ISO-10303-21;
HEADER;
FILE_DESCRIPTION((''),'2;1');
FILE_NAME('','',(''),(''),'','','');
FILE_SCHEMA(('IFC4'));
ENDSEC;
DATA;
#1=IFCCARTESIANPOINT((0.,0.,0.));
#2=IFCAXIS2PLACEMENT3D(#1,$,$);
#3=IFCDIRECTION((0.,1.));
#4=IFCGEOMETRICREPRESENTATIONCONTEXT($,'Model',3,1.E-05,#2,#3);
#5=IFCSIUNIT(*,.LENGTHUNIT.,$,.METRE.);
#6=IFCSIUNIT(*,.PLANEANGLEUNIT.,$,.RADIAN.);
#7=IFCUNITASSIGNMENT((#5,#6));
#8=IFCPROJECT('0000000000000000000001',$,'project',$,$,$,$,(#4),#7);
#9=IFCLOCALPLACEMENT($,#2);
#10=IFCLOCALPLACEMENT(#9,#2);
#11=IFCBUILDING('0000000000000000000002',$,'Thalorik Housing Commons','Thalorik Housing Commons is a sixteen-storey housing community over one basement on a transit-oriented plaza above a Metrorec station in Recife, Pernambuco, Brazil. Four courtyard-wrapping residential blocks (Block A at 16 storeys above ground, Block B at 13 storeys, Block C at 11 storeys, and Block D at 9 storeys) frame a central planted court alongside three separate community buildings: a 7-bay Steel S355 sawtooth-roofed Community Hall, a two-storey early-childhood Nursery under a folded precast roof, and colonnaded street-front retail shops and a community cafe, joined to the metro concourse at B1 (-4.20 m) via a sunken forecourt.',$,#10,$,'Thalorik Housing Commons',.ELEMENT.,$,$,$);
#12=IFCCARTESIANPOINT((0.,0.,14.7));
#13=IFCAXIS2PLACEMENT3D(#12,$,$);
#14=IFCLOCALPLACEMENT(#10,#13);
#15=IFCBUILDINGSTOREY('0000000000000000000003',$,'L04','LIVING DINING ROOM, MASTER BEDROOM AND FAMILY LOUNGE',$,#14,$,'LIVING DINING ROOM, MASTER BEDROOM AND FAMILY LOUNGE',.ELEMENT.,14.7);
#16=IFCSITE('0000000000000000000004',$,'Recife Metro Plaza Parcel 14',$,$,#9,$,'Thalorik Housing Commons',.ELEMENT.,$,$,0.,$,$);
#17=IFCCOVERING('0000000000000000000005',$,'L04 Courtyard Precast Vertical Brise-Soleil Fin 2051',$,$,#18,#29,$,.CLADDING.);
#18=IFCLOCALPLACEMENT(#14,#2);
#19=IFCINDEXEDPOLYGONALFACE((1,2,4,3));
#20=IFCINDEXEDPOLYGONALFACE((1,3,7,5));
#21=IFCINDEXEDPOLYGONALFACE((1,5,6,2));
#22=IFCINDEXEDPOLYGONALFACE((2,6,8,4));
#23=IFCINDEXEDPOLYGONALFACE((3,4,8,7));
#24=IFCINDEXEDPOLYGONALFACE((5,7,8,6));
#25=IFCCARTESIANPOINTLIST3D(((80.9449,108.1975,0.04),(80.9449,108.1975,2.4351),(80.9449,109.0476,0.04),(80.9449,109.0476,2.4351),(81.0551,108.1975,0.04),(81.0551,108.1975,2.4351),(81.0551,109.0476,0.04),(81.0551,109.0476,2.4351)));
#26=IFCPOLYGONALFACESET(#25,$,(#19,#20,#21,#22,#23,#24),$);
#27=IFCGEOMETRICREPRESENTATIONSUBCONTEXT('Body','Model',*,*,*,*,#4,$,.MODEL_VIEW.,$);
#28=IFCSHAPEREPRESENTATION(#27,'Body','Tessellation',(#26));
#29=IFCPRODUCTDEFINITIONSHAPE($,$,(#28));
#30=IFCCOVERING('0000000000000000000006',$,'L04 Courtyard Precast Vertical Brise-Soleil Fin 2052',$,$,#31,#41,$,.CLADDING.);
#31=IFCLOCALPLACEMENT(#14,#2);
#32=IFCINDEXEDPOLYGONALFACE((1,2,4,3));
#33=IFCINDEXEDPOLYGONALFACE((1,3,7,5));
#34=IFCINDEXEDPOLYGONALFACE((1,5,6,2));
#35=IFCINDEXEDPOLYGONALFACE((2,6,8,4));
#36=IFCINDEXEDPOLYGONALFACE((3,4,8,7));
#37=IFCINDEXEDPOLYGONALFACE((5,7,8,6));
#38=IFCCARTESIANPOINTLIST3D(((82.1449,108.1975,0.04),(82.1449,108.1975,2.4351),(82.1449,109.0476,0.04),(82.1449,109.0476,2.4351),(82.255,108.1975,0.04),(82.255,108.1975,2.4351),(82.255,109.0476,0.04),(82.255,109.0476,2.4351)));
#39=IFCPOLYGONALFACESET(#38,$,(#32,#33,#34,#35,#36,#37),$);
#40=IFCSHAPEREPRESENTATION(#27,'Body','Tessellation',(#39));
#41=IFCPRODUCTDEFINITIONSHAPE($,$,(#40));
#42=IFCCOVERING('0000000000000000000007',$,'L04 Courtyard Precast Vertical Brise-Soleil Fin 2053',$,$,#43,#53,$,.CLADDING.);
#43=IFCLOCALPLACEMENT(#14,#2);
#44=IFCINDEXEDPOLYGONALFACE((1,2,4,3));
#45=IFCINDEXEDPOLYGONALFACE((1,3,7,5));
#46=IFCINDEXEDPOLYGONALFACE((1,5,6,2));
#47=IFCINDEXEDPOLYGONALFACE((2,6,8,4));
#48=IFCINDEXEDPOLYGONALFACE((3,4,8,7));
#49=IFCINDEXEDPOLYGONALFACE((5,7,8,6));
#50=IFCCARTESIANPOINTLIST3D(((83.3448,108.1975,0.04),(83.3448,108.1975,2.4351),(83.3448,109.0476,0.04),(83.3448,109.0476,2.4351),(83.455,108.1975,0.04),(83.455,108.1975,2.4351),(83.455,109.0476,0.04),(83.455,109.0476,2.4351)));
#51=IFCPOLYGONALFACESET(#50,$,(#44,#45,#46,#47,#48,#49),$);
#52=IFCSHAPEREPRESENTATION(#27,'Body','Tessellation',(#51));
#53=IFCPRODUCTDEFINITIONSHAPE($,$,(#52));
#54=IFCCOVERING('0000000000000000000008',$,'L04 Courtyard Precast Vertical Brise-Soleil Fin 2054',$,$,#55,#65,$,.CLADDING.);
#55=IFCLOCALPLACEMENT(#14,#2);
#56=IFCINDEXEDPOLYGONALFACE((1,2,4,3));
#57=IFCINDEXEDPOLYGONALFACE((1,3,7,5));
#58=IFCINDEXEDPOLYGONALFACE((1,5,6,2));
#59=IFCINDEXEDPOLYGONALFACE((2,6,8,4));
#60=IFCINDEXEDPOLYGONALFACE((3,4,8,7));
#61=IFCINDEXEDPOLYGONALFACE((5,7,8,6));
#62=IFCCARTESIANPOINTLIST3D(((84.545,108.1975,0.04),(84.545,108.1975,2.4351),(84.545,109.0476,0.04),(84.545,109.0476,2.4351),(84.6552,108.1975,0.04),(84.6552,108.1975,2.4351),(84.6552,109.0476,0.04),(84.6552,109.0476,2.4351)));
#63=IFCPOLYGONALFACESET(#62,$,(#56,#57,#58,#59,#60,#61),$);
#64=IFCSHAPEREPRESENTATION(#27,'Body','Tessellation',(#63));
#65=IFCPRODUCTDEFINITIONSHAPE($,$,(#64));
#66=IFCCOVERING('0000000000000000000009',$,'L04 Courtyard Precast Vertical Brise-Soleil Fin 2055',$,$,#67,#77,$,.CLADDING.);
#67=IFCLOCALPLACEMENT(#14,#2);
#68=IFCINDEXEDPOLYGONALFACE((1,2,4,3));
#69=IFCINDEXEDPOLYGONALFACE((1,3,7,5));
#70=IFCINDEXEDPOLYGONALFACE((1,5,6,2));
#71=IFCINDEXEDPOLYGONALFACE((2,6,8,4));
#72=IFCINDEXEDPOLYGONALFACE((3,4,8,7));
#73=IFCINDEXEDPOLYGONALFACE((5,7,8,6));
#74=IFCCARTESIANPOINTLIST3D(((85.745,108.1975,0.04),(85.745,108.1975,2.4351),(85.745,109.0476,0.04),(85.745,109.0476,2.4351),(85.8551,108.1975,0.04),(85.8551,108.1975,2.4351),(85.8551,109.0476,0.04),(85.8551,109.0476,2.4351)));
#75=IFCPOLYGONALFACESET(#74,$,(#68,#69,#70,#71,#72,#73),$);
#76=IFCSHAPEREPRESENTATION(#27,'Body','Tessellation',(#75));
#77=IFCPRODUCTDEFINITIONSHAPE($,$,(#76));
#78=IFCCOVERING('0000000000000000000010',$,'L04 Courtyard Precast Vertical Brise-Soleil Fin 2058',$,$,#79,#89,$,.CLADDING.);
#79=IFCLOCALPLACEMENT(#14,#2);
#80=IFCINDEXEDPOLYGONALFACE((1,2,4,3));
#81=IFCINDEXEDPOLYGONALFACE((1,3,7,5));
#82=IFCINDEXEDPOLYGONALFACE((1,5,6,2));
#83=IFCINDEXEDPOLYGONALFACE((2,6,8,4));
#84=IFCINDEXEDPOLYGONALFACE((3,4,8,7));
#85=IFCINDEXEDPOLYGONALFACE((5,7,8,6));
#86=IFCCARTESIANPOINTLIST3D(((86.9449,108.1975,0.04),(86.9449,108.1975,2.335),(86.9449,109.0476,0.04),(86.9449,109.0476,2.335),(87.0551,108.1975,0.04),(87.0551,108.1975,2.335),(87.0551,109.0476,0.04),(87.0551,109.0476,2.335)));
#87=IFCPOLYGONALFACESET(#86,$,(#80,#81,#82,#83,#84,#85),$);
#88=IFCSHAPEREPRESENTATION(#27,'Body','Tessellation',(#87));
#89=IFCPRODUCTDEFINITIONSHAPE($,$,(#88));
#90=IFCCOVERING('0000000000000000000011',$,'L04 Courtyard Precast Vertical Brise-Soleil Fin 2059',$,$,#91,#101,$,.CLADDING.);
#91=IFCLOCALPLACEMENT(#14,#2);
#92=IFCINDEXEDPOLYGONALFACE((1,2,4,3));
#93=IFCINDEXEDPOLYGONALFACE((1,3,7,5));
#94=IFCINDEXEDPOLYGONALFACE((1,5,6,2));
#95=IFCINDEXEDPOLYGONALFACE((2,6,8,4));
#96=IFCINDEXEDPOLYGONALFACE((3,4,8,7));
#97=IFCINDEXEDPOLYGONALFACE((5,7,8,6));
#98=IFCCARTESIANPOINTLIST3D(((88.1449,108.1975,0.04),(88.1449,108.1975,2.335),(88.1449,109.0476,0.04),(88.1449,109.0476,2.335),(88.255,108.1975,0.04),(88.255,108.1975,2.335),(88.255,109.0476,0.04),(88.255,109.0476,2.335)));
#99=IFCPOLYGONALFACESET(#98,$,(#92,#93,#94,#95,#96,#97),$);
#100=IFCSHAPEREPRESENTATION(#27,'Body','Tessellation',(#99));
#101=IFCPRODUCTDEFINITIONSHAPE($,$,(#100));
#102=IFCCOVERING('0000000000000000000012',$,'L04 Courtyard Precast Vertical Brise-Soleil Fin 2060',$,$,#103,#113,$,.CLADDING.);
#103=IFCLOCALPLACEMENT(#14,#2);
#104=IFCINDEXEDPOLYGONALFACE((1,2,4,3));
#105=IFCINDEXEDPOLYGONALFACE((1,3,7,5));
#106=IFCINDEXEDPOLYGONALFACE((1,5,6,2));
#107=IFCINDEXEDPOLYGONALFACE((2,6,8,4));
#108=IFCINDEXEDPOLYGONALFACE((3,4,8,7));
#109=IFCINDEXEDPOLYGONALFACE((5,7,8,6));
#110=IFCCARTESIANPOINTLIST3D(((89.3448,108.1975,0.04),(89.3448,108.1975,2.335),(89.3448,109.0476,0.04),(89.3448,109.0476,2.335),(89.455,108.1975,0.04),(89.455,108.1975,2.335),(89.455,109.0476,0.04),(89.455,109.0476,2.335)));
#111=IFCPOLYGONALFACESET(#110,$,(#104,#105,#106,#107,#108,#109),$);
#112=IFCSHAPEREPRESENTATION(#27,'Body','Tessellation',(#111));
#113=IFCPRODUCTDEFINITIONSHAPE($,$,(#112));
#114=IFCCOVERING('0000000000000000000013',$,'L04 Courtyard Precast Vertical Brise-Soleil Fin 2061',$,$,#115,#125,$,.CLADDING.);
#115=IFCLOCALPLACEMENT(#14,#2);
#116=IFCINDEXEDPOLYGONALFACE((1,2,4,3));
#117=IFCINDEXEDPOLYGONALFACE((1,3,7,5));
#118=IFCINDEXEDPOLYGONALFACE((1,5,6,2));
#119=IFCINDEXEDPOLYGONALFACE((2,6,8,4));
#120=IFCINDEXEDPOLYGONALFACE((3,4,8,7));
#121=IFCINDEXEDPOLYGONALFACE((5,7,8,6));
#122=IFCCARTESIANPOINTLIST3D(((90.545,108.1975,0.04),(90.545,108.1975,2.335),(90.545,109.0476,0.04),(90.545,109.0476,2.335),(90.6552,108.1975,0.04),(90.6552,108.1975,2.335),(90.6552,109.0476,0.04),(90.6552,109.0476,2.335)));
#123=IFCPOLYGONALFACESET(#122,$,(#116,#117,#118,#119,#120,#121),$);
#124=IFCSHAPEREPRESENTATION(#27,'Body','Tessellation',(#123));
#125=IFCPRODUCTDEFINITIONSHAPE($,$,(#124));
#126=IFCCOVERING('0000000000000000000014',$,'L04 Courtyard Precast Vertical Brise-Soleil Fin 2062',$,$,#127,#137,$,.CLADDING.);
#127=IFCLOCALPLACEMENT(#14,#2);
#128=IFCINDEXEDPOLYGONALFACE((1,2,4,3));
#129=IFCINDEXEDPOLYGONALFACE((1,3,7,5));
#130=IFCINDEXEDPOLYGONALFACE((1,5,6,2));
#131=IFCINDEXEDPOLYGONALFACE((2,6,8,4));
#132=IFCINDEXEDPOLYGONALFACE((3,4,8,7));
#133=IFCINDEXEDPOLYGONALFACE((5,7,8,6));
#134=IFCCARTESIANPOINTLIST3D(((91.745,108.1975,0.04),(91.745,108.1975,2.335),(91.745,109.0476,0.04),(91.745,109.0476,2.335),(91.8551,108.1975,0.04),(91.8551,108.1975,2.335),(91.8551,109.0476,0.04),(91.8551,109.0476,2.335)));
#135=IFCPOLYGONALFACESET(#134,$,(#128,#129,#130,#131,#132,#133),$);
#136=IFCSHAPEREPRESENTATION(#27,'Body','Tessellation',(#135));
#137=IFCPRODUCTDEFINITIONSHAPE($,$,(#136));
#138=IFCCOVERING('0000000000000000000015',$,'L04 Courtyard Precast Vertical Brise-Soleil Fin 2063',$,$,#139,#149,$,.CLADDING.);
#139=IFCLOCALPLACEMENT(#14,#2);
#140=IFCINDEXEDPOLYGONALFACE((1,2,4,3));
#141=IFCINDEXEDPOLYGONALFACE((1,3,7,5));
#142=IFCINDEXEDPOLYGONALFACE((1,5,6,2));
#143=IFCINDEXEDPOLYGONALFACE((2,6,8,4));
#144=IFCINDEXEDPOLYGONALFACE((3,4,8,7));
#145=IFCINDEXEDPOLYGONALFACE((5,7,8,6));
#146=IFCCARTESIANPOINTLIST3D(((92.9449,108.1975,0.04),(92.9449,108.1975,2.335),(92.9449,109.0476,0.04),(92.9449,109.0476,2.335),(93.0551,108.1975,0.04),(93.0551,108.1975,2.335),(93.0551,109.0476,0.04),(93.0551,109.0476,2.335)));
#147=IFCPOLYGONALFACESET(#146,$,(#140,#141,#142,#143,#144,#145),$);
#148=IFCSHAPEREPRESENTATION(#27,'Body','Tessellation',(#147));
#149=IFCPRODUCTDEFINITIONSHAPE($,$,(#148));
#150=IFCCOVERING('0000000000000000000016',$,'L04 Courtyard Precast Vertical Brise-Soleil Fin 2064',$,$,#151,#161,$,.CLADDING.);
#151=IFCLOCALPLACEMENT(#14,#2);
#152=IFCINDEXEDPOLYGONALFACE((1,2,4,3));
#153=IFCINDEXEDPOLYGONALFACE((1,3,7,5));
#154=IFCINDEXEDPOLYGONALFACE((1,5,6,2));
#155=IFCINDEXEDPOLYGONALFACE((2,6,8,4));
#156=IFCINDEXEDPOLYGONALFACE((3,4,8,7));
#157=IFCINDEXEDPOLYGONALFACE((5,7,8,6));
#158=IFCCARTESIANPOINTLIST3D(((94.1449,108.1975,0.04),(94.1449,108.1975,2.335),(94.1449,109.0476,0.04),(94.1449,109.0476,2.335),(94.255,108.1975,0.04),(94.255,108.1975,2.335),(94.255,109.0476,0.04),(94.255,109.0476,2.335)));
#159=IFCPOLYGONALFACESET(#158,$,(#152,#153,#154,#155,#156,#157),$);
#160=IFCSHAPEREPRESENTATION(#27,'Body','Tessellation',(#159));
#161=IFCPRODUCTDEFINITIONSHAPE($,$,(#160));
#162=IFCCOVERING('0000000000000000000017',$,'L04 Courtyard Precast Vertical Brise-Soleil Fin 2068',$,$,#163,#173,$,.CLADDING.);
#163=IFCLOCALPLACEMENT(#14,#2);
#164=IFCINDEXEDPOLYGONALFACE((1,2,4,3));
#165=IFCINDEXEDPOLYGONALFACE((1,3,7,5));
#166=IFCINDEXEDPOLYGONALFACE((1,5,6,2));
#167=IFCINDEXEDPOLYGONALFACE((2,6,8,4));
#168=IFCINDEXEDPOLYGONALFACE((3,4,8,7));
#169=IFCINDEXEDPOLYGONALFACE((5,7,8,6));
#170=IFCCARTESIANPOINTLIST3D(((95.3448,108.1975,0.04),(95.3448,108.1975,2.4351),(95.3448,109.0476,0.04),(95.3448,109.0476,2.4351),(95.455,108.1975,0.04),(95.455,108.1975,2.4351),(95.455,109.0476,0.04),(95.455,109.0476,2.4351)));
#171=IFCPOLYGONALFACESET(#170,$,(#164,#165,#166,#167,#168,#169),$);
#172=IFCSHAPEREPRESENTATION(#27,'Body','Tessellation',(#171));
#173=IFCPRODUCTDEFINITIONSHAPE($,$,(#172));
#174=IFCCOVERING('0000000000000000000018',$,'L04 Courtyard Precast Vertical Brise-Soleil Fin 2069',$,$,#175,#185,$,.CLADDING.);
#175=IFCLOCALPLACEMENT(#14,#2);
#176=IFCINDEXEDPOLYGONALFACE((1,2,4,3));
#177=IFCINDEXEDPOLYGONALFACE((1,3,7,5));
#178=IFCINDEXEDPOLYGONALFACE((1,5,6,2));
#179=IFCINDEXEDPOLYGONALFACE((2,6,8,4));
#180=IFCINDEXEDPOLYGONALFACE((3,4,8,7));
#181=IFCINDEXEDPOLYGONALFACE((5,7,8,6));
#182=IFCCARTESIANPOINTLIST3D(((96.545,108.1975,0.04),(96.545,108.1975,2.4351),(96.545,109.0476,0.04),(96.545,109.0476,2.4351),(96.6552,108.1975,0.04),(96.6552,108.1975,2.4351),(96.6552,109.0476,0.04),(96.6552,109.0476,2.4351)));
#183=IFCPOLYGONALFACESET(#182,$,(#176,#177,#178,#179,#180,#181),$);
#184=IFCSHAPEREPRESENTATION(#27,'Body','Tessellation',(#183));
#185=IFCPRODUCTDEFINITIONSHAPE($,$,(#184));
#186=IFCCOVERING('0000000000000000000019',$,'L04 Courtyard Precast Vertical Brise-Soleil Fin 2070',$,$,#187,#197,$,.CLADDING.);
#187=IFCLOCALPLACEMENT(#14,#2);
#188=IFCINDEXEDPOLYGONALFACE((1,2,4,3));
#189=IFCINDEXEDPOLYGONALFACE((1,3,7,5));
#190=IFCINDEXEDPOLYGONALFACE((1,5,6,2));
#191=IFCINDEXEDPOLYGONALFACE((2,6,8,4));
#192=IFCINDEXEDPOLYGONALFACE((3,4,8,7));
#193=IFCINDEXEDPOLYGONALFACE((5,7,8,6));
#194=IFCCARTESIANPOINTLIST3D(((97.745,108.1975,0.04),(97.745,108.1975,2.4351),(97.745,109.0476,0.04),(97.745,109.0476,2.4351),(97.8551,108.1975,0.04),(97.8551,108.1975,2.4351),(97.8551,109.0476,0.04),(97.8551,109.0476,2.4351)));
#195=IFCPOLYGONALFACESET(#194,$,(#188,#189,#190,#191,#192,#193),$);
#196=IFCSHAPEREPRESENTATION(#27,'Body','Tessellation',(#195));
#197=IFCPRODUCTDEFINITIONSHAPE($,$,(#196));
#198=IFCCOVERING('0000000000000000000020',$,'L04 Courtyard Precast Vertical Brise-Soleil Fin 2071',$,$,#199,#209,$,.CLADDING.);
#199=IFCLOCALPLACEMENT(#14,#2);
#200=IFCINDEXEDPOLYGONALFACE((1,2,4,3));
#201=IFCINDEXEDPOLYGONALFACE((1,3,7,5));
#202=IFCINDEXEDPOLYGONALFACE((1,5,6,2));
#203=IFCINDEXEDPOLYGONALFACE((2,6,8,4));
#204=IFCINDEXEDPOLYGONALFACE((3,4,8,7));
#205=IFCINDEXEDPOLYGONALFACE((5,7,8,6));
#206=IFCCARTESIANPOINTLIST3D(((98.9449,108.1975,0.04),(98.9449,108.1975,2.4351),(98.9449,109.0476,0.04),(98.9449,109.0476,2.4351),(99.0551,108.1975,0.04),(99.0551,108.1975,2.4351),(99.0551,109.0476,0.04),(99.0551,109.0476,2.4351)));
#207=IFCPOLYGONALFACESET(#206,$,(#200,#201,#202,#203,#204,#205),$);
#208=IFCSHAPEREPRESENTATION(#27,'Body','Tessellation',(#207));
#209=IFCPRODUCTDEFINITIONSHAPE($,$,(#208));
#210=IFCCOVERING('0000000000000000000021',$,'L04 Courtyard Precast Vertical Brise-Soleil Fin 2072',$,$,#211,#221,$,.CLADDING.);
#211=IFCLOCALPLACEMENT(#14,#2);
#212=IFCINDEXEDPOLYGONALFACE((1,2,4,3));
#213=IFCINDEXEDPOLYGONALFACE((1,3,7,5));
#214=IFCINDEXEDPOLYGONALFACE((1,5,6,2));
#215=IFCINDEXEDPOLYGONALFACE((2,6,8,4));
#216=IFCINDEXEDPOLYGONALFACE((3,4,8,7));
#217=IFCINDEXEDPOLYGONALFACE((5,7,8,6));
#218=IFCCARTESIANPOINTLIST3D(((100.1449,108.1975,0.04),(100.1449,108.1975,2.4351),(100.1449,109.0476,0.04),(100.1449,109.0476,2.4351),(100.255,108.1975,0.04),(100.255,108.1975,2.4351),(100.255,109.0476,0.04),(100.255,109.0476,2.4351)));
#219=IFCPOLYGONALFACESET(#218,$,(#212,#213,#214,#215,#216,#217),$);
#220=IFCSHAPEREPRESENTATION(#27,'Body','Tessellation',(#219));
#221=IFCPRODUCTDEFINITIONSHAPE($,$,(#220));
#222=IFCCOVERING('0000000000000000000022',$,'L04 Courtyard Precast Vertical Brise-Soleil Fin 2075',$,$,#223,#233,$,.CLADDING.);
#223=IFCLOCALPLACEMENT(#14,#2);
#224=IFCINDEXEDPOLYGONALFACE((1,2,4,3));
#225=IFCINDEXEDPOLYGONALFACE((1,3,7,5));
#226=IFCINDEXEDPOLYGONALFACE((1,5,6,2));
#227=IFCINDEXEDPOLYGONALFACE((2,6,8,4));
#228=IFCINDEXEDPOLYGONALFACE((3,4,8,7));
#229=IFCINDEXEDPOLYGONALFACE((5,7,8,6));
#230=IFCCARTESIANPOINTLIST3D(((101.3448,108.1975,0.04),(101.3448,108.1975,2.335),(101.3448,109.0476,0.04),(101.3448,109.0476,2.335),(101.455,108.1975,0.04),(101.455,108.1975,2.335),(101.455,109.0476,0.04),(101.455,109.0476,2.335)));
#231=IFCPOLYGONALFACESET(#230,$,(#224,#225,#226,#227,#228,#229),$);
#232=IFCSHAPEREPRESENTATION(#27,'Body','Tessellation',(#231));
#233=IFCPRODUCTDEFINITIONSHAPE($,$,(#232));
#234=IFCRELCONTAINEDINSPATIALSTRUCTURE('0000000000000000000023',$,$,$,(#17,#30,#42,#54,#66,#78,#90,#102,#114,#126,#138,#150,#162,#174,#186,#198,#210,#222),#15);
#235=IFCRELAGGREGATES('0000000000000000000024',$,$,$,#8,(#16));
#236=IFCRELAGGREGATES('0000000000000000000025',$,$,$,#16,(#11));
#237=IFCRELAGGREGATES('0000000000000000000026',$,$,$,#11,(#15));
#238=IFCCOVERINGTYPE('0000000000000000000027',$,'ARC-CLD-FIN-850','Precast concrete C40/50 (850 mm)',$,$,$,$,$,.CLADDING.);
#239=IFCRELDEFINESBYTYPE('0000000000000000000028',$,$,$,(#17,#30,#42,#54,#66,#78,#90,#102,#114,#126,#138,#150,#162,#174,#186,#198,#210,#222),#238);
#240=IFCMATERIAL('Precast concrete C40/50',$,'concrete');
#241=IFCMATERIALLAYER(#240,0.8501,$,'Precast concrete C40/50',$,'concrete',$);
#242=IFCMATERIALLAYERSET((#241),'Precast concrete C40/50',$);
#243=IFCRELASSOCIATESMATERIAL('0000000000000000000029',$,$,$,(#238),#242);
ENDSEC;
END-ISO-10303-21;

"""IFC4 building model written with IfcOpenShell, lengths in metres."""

from ifc_helpers import new_model, si_unit, direction, frame, origin, origin_2d, place, context, subcontext, project, spatial, rectangle, extrude, material, layer, layer_set, type_object, element, save


model = new_model("IFC4")

# Units and contexts
model_context = context("Model", 3, precision=1e-05, world=origin(), true_north=direction((0.0, 1.0)))
body_context = subcontext(model_context, "Body", "Model", "MODEL_VIEW")
ifc_project = project(units=[si_unit("LENGTHUNIT", "METRE"), si_unit("PLANEANGLEUNIT", "RADIAN")], contexts=[model_context])

# Site, building, storey
site_placement = place(None, origin())
site = spatial("IfcSite", under=ifc_project, at=site_placement, Name="Recife Metro Plaza Parcel 14", LongName="Thalorik Housing Commons", CompositionType="ELEMENT", RefElevation=0.0)
building_placement = place(site_placement, origin())
building = spatial("IfcBuilding", under=site, at=building_placement, Name="Thalorik Housing Commons", Description="Thalorik Housing Commons is a sixteen-storey housing community over one basement on a transit-oriented plaza above a Metrorec station in Recife, Pernambuco, Brazil. Four courtyard-wrapping residential blocks (Block A at 16 storeys above ground, Block B at 13 storeys, Block C at 11 storeys, and Block D at 9 storeys) frame a central planted court alongside three separate community buildings: a 7-bay Steel S355 sawtooth-roofed Community Hall, a two-storey early-childhood Nursery under a folded precast roof, and colonnaded street-front retail shops and a community cafe, joined to the metro concourse at B1 (-4.20 m) via a sunken forecourt.", LongName="Thalorik Housing Commons", CompositionType="ELEMENT")
storey_placement = place(building_placement, frame((0.0, 0.0, 14.7)))
storey = spatial("IfcBuildingStorey", under=building, at=storey_placement, Name="L04", Description="LIVING DINING ROOM, MASTER BEDROOM AND FAMILY LOUNGE", LongName="LIVING DINING ROOM, MASTER BEDROOM AND FAMILY LOUNGE", CompositionType="ELEMENT", Elevation=14.7)

# Coverings
ifc_material = material(Name="Precast concrete C40/50", Category="concrete")
ifc_layer_1 = layer(ifc_material, 0.8501, Name="Precast concrete C40/50", Category="concrete")
ifc_layer_set_1 = layer_set([ifc_layer_1], Name="Precast concrete C40/50")
covering_type_1 = type_object("IfcCoveringType", Name="ARC-CLD-FIN-850", Description="Precast concrete C40/50 (850 mm)", PredefinedType="CLADDING", material=ifc_layer_set_1)
for number, where, z_axis, x_axis, name in (
    (1, (81.0, 108.6226, 0.04), (0.0, 0.0, 1.0), (1.0, 0.0, 0.0), "L04 Courtyard Precast Vertical Brise-Soleil Fin 2051"),
    (2, (82.2, 108.6226, 0.04), (0.0, 0.0, 1.0), (1.0, 0.0, 0.0), "L04 Courtyard Precast Vertical Brise-Soleil Fin 2052"),
    (3, (83.3999, 108.6226, 0.04), (0.0, 0.0, 1.0), (1.0, 0.0, 0.0), "L04 Courtyard Precast Vertical Brise-Soleil Fin 2053"),
    (4, (84.6001, 108.6226, 0.04), (0.0, 0.0, 1.0), (1.0, 0.0, 0.0), "L04 Courtyard Precast Vertical Brise-Soleil Fin 2054"),
    (5, (85.8, 108.6226, 0.04), (0.0, 0.0, 1.0), (1.0, 0.0, 0.0), "L04 Courtyard Precast Vertical Brise-Soleil Fin 2055"),
):
    element("IfcCovering", number, at=place(storey_placement, frame(where, z_axis=z_axis, x_axis=x_axis)), inside=storey, type_object=covering_type_1, Name=name, PredefinedType="CLADDING", context=body_context, shape_type="SweptSolid", body=[
        extrude(rectangle(XDim=0.1101, YDim=0.8501, at=origin_2d()), origin(), (0.0, 0.0, 1.0), 2.395),
    ])
for number, where, z_axis, x_axis, name in (
    (6, (87.0, 108.6226, 0.04), (0.0, 0.0, 1.0), (1.0, 0.0, 0.0), "L04 Courtyard Precast Vertical Brise-Soleil Fin 2058"),
    (7, (88.2, 108.6226, 0.04), (0.0, 0.0, 1.0), (1.0, 0.0, 0.0), "L04 Courtyard Precast Vertical Brise-Soleil Fin 2059"),
    (8, (89.3999, 108.6226, 0.04), (0.0, 0.0, 1.0), (1.0, 0.0, 0.0), "L04 Courtyard Precast Vertical Brise-Soleil Fin 2060"),
    (9, (90.6001, 108.6226, 0.04), (0.0, 0.0, 1.0), (1.0, 0.0, 0.0), "L04 Courtyard Precast Vertical Brise-Soleil Fin 2061"),
    (10, (91.8, 108.6226, 0.04), (0.0, 0.0, 1.0), (1.0, 0.0, 0.0), "L04 Courtyard Precast Vertical Brise-Soleil Fin 2062"),
    (11, (93.0, 108.6226, 0.04), (0.0, 0.0, 1.0), (1.0, 0.0, 0.0), "L04 Courtyard Precast Vertical Brise-Soleil Fin 2063"),
    (12, (94.2, 108.6226, 0.04), (0.0, 0.0, 1.0), (1.0, 0.0, 0.0), "L04 Courtyard Precast Vertical Brise-Soleil Fin 2064"),
):
    element("IfcCovering", number, at=place(storey_placement, frame(where, z_axis=z_axis, x_axis=x_axis)), inside=storey, type_object=covering_type_1, Name=name, PredefinedType="CLADDING", context=body_context, shape_type="SweptSolid", body=[
        extrude(rectangle(XDim=0.1101, YDim=0.8501, at=origin_2d()), origin(), (0.0, 0.0, 1.0), 2.2949),
    ])
for number, where, z_axis, x_axis, name in (
    (13, (95.3999, 108.6226, 0.04), (0.0, 0.0, 1.0), (1.0, 0.0, 0.0), "L04 Courtyard Precast Vertical Brise-Soleil Fin 2068"),
    (14, (96.6001, 108.6226, 0.04), (0.0, 0.0, 1.0), (1.0, 0.0, 0.0), "L04 Courtyard Precast Vertical Brise-Soleil Fin 2069"),
    (15, (97.8, 108.6226, 0.04), (0.0, 0.0, 1.0), (1.0, 0.0, 0.0), "L04 Courtyard Precast Vertical Brise-Soleil Fin 2070"),
    (16, (99.0, 108.6226, 0.04), (0.0, 0.0, 1.0), (1.0, 0.0, 0.0), "L04 Courtyard Precast Vertical Brise-Soleil Fin 2071"),
    (17, (100.2, 108.6226, 0.04), (0.0, 0.0, 1.0), (1.0, 0.0, 0.0), "L04 Courtyard Precast Vertical Brise-Soleil Fin 2072"),
):
    element("IfcCovering", number, at=place(storey_placement, frame(where, z_axis=z_axis, x_axis=x_axis)), inside=storey, type_object=covering_type_1, Name=name, PredefinedType="CLADDING", context=body_context, shape_type="SweptSolid", body=[
        extrude(rectangle(XDim=0.1101, YDim=0.8501, at=origin_2d()), origin(), (0.0, 0.0, 1.0), 2.395),
    ])
covering_1_placement = place(storey_placement, frame((101.3999, 108.6226, 0.04), z_axis=(0.0, 0.0, 1.0), x_axis=(1.0, 0.0, 0.0)))
element("IfcCovering", 18, at=covering_1_placement, inside=storey, type_object=covering_type_1, Name="L04 Courtyard Precast Vertical Brise-Soleil Fin 2075", PredefinedType="CLADDING", context=body_context, shape_type="SweptSolid", body=[
    extrude(rectangle(XDim=0.1101, YDim=0.8501, at=origin_2d()), origin(), (0.0, 0.0, 1.0), 2.2949),
])

save(model, "model.ifc")
